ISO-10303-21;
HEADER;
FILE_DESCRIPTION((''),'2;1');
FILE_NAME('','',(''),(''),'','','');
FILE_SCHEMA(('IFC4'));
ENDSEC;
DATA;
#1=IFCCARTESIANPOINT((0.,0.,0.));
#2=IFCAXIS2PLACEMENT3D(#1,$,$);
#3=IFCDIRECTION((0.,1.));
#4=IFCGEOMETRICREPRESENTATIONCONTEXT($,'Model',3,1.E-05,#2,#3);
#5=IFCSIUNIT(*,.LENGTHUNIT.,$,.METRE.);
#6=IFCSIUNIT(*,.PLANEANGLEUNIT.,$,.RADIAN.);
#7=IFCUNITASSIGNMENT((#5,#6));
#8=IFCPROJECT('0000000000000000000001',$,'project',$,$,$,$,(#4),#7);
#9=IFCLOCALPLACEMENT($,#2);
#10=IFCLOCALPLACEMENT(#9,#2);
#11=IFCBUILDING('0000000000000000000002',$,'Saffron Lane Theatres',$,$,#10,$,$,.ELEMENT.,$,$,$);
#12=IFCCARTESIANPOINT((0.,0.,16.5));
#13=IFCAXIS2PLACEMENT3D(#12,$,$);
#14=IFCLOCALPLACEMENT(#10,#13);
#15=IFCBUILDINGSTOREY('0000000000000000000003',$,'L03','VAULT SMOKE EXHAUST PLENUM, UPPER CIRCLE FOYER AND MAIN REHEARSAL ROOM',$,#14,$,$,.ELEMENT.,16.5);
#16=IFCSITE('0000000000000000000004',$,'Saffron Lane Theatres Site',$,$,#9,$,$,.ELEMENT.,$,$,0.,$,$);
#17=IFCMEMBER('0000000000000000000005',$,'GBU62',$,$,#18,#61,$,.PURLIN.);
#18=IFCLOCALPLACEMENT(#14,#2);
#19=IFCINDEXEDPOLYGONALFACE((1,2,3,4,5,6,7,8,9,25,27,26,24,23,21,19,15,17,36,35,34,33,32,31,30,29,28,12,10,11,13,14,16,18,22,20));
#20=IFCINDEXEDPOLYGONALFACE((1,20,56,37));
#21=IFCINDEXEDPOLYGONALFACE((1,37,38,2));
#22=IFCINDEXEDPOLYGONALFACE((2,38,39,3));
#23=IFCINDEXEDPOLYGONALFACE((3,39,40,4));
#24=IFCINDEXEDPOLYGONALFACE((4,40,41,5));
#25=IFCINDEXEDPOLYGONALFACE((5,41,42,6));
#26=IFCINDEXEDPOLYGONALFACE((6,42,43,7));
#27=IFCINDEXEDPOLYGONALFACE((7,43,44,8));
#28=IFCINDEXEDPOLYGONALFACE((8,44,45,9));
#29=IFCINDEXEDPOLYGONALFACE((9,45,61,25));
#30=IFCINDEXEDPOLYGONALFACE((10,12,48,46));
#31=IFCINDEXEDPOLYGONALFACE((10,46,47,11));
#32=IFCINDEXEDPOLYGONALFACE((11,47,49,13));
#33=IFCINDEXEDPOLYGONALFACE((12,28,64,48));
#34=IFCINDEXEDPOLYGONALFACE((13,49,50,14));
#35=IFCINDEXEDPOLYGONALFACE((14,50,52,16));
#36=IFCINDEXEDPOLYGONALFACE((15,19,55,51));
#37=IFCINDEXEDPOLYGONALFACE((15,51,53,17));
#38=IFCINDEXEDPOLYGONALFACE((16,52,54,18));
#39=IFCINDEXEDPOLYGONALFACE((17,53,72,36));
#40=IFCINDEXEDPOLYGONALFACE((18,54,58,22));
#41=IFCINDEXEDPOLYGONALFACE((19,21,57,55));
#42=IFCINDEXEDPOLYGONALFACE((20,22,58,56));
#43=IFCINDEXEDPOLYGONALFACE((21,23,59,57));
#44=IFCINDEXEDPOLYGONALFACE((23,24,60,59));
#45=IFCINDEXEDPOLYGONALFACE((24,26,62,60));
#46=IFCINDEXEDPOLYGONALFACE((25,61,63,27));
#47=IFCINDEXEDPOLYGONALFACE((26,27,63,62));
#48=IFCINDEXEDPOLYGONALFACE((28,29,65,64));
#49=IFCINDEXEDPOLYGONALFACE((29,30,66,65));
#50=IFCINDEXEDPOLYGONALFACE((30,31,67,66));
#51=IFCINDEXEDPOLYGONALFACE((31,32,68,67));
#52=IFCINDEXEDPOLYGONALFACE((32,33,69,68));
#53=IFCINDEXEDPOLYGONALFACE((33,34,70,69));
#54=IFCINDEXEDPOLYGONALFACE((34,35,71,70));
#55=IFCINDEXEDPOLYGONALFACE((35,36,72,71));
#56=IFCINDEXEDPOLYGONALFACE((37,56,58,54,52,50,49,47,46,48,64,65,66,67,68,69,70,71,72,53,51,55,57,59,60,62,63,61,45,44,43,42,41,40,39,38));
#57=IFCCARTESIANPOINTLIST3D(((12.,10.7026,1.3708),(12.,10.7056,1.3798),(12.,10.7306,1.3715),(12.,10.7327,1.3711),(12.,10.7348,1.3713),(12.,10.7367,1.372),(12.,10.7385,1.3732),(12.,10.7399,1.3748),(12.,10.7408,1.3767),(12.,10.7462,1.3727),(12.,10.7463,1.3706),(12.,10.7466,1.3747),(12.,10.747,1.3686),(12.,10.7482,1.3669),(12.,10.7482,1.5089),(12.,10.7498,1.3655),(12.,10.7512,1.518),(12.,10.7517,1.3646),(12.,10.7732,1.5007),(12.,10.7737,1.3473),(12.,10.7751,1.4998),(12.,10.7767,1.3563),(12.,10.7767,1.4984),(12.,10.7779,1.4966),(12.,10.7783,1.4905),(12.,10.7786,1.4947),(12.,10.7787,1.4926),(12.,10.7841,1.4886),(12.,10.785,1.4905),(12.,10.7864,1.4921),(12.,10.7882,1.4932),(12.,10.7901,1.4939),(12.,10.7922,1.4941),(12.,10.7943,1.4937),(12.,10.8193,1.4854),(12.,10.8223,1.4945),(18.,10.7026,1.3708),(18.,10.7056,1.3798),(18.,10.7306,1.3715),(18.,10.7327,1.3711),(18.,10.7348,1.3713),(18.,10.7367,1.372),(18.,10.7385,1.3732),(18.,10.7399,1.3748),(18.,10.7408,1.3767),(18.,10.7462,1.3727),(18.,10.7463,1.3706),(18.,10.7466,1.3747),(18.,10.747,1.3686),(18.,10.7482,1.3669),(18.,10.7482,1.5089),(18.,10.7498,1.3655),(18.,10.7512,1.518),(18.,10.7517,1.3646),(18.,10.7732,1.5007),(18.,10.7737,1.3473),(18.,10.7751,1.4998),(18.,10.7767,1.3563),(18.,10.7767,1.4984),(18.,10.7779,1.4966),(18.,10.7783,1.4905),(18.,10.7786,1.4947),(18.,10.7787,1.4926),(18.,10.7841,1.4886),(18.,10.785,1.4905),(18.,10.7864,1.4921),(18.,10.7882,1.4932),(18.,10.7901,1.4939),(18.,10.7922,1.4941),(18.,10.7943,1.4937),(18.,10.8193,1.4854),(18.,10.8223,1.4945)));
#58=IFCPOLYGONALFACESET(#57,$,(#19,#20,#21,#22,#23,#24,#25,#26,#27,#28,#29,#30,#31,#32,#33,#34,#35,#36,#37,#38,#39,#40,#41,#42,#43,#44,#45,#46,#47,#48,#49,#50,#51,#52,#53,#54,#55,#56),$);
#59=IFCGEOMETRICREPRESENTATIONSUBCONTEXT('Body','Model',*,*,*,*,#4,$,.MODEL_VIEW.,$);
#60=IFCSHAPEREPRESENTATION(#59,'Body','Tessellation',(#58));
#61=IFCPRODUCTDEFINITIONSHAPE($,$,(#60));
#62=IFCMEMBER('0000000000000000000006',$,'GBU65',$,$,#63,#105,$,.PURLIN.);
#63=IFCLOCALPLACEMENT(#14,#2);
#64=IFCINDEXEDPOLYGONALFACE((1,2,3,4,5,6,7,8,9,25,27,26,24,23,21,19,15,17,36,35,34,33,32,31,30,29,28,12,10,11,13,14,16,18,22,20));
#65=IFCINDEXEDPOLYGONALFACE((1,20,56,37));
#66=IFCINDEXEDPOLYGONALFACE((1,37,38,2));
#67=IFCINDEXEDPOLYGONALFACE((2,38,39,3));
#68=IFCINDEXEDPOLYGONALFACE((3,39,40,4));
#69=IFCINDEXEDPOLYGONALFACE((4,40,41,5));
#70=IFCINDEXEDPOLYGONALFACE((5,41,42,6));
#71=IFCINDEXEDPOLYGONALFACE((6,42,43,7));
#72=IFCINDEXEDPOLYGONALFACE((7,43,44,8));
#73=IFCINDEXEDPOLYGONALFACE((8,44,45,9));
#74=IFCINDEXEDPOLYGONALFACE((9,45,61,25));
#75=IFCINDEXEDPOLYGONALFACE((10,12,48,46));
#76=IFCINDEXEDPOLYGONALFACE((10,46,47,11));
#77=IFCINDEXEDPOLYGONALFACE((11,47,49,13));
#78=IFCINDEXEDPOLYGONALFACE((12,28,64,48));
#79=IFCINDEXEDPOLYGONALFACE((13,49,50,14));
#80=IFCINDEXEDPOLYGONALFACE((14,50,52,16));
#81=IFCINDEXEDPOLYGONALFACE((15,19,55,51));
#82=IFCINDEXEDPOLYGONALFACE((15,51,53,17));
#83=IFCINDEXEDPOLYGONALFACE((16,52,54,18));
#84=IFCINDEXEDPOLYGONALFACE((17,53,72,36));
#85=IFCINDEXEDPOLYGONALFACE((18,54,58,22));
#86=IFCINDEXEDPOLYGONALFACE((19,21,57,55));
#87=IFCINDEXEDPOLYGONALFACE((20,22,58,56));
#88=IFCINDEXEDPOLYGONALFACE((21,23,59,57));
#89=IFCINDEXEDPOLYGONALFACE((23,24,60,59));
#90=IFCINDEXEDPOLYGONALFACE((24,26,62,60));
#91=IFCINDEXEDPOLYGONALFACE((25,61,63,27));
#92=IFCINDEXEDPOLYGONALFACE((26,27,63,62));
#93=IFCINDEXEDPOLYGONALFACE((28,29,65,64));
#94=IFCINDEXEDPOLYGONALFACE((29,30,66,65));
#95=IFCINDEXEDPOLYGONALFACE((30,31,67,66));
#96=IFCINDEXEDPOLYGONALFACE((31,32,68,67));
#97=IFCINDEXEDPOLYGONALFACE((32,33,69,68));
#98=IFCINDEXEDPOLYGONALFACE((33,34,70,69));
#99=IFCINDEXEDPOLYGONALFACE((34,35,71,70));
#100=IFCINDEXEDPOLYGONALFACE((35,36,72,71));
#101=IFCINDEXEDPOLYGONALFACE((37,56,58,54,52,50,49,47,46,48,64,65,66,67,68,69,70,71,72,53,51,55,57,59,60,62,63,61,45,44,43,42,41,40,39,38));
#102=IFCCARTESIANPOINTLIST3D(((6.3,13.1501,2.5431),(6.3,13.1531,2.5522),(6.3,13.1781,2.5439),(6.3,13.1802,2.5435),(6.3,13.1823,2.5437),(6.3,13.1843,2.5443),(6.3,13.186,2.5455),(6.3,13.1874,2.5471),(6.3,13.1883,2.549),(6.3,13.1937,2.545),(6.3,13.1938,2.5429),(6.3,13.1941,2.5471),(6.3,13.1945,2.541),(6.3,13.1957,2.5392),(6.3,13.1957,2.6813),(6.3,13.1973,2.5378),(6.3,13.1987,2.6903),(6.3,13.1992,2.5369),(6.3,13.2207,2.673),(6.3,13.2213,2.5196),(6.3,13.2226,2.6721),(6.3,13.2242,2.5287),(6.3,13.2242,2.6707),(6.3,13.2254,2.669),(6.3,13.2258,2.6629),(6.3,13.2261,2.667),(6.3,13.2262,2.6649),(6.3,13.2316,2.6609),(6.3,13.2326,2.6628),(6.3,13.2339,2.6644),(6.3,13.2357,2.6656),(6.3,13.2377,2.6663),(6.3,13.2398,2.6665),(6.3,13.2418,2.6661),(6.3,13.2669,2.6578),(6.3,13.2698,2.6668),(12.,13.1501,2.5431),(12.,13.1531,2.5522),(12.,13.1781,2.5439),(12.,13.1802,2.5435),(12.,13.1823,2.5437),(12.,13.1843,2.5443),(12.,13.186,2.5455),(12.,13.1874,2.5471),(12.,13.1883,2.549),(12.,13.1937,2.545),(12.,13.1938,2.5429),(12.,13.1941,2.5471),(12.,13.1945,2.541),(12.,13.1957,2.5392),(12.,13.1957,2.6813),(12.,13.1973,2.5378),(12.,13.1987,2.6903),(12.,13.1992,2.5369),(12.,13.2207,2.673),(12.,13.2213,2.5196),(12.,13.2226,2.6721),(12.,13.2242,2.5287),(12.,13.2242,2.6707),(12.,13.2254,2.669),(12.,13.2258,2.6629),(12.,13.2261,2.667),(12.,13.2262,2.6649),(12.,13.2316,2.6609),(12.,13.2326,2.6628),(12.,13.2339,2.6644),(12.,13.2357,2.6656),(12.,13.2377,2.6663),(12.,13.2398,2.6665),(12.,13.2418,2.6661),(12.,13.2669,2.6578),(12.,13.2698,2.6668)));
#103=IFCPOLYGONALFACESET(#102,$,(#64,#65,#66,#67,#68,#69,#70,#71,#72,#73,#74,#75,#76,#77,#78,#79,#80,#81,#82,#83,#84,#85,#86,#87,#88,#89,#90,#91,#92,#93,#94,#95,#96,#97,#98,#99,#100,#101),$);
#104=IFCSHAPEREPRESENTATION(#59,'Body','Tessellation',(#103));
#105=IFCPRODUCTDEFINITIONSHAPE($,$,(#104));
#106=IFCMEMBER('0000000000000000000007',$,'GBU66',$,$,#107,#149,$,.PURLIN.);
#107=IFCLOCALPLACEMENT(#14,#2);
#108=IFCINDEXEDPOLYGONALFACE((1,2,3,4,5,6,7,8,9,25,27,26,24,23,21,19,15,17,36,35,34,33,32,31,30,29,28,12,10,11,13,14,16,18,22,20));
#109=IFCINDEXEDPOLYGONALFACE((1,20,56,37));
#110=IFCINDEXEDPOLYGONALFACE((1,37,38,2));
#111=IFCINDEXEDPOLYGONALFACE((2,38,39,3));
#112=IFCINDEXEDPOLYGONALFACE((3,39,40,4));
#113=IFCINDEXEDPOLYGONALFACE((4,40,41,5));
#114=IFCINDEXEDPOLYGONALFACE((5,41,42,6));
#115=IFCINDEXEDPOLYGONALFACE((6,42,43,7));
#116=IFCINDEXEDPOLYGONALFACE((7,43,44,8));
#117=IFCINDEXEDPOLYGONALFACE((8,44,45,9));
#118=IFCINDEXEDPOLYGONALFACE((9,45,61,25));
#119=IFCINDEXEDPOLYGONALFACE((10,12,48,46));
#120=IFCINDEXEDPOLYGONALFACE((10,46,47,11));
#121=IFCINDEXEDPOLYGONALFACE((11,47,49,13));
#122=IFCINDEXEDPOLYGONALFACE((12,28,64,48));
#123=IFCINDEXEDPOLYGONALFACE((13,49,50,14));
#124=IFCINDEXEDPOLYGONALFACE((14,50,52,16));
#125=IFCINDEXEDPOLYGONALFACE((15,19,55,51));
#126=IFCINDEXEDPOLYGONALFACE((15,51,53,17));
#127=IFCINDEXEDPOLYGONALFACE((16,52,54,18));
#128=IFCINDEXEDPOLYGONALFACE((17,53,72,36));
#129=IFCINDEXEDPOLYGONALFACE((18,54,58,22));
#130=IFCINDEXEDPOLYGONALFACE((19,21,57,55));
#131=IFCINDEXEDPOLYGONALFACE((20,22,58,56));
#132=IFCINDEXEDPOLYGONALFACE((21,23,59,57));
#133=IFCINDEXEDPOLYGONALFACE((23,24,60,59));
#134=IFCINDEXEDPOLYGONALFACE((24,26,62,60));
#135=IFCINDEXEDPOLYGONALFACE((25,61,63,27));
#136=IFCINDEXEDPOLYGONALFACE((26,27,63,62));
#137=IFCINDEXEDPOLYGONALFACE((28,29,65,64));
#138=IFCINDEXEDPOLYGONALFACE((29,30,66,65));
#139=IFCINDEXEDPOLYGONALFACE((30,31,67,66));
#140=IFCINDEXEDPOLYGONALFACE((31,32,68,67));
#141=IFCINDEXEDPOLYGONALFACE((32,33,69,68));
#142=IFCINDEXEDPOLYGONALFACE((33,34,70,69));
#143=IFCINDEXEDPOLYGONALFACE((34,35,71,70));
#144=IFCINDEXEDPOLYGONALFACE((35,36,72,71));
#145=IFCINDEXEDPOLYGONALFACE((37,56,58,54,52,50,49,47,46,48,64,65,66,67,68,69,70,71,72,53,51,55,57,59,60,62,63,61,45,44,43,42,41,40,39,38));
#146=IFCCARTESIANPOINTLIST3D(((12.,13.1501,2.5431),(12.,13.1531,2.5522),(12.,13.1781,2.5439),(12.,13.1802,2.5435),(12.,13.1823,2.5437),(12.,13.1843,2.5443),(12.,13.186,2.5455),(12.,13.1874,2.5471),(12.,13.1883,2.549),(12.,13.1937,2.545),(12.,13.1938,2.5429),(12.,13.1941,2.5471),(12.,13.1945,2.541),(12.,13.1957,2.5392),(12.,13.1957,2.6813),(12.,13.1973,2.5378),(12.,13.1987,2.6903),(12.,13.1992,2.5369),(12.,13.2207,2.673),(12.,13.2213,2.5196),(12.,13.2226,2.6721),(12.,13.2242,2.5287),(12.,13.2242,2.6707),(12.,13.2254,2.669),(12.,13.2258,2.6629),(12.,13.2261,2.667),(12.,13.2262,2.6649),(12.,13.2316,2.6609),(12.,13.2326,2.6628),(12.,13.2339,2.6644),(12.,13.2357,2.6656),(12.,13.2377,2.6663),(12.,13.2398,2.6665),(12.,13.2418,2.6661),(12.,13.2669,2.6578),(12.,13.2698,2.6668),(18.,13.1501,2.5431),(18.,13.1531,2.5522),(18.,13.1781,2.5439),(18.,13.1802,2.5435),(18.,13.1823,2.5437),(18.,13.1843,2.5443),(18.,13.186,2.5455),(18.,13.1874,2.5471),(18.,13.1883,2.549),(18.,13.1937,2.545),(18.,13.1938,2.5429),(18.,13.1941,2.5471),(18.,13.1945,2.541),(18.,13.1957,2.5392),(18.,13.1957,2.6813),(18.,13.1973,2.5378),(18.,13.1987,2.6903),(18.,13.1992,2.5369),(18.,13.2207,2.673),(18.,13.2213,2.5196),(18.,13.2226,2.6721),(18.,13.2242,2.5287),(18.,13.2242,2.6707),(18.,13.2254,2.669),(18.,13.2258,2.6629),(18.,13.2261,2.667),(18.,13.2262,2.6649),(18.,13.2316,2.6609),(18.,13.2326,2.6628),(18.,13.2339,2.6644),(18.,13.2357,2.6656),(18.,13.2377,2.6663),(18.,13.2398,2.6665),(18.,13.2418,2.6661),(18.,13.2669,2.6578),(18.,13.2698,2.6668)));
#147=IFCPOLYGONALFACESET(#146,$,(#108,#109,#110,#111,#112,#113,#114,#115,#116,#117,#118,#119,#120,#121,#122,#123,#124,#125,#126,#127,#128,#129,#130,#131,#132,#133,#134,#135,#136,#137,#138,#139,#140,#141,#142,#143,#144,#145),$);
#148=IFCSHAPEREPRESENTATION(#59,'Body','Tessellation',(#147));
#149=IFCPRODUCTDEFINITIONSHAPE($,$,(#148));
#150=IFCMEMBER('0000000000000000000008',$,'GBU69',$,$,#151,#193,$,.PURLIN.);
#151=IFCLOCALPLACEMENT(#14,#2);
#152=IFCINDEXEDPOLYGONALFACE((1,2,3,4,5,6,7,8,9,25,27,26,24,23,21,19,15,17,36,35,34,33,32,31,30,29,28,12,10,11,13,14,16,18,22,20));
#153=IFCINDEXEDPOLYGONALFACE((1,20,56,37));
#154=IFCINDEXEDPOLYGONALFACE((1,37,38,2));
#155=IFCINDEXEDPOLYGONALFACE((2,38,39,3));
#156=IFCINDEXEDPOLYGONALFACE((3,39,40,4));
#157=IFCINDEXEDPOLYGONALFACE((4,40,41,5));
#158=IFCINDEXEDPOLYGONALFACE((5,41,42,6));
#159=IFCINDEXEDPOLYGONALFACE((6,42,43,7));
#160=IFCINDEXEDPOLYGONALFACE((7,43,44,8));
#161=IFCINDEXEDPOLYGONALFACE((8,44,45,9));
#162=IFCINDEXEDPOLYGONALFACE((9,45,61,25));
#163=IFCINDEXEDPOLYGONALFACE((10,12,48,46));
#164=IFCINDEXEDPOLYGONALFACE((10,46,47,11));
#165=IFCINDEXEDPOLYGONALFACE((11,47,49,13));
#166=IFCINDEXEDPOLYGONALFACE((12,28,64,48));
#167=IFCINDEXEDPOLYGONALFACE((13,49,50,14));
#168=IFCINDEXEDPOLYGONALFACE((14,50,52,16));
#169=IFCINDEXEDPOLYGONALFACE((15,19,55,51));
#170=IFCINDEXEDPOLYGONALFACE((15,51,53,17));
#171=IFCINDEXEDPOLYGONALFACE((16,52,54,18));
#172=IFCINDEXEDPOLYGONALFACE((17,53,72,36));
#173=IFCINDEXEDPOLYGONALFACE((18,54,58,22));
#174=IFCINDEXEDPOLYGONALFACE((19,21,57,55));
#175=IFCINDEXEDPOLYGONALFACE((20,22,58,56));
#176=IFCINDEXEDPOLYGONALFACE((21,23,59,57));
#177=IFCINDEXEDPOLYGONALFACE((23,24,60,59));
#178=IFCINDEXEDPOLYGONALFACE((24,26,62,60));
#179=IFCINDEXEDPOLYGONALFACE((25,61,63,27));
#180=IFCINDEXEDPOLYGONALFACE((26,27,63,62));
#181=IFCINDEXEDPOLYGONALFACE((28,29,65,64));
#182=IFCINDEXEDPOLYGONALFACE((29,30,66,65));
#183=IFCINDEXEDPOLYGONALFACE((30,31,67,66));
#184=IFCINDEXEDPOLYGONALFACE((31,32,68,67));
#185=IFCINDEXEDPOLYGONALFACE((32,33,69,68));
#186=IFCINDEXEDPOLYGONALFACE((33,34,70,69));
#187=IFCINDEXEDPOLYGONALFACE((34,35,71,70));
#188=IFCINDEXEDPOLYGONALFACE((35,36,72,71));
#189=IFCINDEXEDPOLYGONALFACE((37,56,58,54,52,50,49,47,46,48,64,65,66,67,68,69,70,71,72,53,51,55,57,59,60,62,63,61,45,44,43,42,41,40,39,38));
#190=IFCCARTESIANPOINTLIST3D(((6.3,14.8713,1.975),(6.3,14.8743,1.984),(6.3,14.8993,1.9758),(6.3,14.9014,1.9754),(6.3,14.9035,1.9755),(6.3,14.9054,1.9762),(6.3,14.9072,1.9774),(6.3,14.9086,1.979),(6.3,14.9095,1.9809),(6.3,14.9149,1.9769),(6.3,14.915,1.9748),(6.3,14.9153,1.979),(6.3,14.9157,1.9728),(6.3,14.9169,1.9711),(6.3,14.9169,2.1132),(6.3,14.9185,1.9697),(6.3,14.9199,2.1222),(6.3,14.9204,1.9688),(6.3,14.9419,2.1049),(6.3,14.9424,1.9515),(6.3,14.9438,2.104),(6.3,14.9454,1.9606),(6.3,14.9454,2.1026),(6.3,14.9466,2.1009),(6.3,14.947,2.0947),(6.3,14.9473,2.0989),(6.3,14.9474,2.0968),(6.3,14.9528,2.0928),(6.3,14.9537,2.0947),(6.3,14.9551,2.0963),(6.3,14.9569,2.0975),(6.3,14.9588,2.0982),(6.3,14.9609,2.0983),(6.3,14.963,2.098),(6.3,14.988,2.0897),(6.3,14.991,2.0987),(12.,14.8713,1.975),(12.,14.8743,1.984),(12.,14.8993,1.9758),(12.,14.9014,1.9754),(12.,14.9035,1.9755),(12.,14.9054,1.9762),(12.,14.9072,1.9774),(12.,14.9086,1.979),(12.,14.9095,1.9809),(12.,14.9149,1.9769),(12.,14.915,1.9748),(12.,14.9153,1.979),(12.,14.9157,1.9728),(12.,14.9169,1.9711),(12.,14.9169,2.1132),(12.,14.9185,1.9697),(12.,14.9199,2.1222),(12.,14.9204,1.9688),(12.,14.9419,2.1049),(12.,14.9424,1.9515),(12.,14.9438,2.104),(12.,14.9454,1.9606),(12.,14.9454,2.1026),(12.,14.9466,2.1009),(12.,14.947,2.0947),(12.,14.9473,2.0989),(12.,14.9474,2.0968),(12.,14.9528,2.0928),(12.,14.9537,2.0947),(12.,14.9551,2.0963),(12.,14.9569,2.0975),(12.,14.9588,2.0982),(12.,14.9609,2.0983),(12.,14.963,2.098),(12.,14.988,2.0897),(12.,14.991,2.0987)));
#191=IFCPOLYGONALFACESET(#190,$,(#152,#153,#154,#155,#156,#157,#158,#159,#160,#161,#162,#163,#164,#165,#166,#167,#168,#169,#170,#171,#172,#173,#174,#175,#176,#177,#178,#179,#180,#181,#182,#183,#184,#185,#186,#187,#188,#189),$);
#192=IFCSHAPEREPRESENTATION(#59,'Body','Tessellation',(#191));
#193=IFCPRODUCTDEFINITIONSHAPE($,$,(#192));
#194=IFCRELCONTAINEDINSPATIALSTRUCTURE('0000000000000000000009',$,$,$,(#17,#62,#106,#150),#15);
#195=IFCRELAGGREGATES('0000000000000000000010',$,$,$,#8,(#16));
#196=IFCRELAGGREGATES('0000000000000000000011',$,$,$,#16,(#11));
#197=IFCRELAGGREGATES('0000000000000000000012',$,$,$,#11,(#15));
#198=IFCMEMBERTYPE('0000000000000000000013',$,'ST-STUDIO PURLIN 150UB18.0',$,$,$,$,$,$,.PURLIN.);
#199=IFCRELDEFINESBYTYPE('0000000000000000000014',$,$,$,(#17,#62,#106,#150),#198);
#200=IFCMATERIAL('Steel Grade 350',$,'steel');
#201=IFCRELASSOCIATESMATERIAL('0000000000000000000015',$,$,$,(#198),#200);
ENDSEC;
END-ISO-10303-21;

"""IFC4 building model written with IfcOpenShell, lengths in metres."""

from ifc_helpers import new_model, si_unit, direction, frame, origin, origin_2d, place, context, subcontext, project, spatial, i_section, extrude, material, material_profile, profile_set, type_object, element, save


model = new_model("IFC4")

# Units and contexts
model_context = context("Model", 3, precision=1e-05, world=origin(), true_north=direction((0.0, 1.0)))
body_context = subcontext(model_context, "Body", "Model", "MODEL_VIEW")
ifc_project = project(units=[si_unit("LENGTHUNIT", "METRE"), si_unit("PLANEANGLEUNIT", "RADIAN")], contexts=[model_context])

# Site, building, storey
site_placement = place(None, origin())
site = spatial("IfcSite", under=ifc_project, at=site_placement, Name="Saffron Lane Theatres Site", CompositionType="ELEMENT", RefElevation=0.0)
building_placement = place(site_placement, origin())
building = spatial("IfcBuilding", under=site, at=building_placement, Name="Saffron Lane Theatres", CompositionType="ELEMENT")
storey_placement = place(building_placement, frame((0.0, 0.0, 16.5)))
storey = spatial("IfcBuildingStorey", under=building, at=storey_placement, Name="L03", Description="VAULT SMOKE EXHAUST PLENUM, UPPER CIRCLE FOYER AND MAIN REHEARSAL ROOM", CompositionType="ELEMENT", Elevation=16.5)

# Members
ifc_material_1 = material(Name="Steel Grade 350", Category="steel")
ifc_material_profile_1 = material_profile(ifc_material_1, i_section(OverallWidth=0.075, OverallDepth=0.155, WebThickness=0.0061, FlangeThickness=0.0095, FilletRadius=0.0081, at=origin_2d()))
ifc_profile_set_1 = profile_set([ifc_material_profile_1], Name="Steel Grade 350")
member_type_1 = type_object("IfcMemberType", Name="ST-STUDIO PURLIN 150UB18.0", PredefinedType="PURLIN", material=ifc_profile_set_1)
member_1_placement = place(storey_placement, frame((12.0, 10.7625, 1.4326), z_axis=(1.0, 0.0, 0.0), x_axis=(0.0, 0.949629, -0.313377)))
element("IfcMember", 1, at=member_1_placement, inside=storey, type_object=member_type_1, Name="GBU62", PredefinedType="PURLIN", context=body_context, shape_type="SweptSolid", body=[
    extrude(i_section(OverallWidth=0.075, OverallDepth=0.155, WebThickness=0.0061, FlangeThickness=0.0095, FilletRadius=0.0081, at=origin_2d()), origin(), (0.0, 0.0, 1.0), 6.0),
])
member_2_placement = place(storey_placement, frame((6.3, 13.21, 2.605), z_axis=(1.0, 0.0, 0.0), x_axis=(0.0, 0.949629, -0.313377)))
element("IfcMember", 2, at=member_2_placement, inside=storey, type_object=member_type_1, Name="GBU65", PredefinedType="PURLIN", context=body_context, shape_type="SweptSolid", body=[
    extrude(i_section(OverallWidth=0.075, OverallDepth=0.155, WebThickness=0.0061, FlangeThickness=0.0095, FilletRadius=0.0081, at=origin_2d()), origin(), (0.0, 0.0, 1.0), 5.7),
])
member_3_placement = place(storey_placement, frame((12.0, 13.21, 2.605), z_axis=(1.0, 0.0, 0.0), x_axis=(0.0, 0.949629, -0.313377)))
element("IfcMember", 3, at=member_3_placement, inside=storey, type_object=member_type_1, Name="GBU66", PredefinedType="PURLIN", context=body_context, shape_type="SweptSolid", body=[
    extrude(i_section(OverallWidth=0.075, OverallDepth=0.155, WebThickness=0.0061, FlangeThickness=0.0095, FilletRadius=0.0081, at=origin_2d()), origin(), (0.0, 0.0, 1.0), 6.0),
])
member_4_placement = place(storey_placement, frame((6.3, 14.9312, 2.0369), z_axis=(1.0, 0.0, 0.0), x_axis=(0.0, 0.949629, -0.313377)))
element("IfcMember", 4, at=member_4_placement, inside=storey, type_object=member_type_1, Name="GBU69", PredefinedType="PURLIN", context=body_context, shape_type="SweptSolid", body=[
    extrude(i_section(OverallWidth=0.075, OverallDepth=0.155, WebThickness=0.0061, FlangeThickness=0.0095, FilletRadius=0.0081, at=origin_2d()), origin(), (0.0, 0.0, 1.0), 5.7),
])

save(model, "model.ifc")
